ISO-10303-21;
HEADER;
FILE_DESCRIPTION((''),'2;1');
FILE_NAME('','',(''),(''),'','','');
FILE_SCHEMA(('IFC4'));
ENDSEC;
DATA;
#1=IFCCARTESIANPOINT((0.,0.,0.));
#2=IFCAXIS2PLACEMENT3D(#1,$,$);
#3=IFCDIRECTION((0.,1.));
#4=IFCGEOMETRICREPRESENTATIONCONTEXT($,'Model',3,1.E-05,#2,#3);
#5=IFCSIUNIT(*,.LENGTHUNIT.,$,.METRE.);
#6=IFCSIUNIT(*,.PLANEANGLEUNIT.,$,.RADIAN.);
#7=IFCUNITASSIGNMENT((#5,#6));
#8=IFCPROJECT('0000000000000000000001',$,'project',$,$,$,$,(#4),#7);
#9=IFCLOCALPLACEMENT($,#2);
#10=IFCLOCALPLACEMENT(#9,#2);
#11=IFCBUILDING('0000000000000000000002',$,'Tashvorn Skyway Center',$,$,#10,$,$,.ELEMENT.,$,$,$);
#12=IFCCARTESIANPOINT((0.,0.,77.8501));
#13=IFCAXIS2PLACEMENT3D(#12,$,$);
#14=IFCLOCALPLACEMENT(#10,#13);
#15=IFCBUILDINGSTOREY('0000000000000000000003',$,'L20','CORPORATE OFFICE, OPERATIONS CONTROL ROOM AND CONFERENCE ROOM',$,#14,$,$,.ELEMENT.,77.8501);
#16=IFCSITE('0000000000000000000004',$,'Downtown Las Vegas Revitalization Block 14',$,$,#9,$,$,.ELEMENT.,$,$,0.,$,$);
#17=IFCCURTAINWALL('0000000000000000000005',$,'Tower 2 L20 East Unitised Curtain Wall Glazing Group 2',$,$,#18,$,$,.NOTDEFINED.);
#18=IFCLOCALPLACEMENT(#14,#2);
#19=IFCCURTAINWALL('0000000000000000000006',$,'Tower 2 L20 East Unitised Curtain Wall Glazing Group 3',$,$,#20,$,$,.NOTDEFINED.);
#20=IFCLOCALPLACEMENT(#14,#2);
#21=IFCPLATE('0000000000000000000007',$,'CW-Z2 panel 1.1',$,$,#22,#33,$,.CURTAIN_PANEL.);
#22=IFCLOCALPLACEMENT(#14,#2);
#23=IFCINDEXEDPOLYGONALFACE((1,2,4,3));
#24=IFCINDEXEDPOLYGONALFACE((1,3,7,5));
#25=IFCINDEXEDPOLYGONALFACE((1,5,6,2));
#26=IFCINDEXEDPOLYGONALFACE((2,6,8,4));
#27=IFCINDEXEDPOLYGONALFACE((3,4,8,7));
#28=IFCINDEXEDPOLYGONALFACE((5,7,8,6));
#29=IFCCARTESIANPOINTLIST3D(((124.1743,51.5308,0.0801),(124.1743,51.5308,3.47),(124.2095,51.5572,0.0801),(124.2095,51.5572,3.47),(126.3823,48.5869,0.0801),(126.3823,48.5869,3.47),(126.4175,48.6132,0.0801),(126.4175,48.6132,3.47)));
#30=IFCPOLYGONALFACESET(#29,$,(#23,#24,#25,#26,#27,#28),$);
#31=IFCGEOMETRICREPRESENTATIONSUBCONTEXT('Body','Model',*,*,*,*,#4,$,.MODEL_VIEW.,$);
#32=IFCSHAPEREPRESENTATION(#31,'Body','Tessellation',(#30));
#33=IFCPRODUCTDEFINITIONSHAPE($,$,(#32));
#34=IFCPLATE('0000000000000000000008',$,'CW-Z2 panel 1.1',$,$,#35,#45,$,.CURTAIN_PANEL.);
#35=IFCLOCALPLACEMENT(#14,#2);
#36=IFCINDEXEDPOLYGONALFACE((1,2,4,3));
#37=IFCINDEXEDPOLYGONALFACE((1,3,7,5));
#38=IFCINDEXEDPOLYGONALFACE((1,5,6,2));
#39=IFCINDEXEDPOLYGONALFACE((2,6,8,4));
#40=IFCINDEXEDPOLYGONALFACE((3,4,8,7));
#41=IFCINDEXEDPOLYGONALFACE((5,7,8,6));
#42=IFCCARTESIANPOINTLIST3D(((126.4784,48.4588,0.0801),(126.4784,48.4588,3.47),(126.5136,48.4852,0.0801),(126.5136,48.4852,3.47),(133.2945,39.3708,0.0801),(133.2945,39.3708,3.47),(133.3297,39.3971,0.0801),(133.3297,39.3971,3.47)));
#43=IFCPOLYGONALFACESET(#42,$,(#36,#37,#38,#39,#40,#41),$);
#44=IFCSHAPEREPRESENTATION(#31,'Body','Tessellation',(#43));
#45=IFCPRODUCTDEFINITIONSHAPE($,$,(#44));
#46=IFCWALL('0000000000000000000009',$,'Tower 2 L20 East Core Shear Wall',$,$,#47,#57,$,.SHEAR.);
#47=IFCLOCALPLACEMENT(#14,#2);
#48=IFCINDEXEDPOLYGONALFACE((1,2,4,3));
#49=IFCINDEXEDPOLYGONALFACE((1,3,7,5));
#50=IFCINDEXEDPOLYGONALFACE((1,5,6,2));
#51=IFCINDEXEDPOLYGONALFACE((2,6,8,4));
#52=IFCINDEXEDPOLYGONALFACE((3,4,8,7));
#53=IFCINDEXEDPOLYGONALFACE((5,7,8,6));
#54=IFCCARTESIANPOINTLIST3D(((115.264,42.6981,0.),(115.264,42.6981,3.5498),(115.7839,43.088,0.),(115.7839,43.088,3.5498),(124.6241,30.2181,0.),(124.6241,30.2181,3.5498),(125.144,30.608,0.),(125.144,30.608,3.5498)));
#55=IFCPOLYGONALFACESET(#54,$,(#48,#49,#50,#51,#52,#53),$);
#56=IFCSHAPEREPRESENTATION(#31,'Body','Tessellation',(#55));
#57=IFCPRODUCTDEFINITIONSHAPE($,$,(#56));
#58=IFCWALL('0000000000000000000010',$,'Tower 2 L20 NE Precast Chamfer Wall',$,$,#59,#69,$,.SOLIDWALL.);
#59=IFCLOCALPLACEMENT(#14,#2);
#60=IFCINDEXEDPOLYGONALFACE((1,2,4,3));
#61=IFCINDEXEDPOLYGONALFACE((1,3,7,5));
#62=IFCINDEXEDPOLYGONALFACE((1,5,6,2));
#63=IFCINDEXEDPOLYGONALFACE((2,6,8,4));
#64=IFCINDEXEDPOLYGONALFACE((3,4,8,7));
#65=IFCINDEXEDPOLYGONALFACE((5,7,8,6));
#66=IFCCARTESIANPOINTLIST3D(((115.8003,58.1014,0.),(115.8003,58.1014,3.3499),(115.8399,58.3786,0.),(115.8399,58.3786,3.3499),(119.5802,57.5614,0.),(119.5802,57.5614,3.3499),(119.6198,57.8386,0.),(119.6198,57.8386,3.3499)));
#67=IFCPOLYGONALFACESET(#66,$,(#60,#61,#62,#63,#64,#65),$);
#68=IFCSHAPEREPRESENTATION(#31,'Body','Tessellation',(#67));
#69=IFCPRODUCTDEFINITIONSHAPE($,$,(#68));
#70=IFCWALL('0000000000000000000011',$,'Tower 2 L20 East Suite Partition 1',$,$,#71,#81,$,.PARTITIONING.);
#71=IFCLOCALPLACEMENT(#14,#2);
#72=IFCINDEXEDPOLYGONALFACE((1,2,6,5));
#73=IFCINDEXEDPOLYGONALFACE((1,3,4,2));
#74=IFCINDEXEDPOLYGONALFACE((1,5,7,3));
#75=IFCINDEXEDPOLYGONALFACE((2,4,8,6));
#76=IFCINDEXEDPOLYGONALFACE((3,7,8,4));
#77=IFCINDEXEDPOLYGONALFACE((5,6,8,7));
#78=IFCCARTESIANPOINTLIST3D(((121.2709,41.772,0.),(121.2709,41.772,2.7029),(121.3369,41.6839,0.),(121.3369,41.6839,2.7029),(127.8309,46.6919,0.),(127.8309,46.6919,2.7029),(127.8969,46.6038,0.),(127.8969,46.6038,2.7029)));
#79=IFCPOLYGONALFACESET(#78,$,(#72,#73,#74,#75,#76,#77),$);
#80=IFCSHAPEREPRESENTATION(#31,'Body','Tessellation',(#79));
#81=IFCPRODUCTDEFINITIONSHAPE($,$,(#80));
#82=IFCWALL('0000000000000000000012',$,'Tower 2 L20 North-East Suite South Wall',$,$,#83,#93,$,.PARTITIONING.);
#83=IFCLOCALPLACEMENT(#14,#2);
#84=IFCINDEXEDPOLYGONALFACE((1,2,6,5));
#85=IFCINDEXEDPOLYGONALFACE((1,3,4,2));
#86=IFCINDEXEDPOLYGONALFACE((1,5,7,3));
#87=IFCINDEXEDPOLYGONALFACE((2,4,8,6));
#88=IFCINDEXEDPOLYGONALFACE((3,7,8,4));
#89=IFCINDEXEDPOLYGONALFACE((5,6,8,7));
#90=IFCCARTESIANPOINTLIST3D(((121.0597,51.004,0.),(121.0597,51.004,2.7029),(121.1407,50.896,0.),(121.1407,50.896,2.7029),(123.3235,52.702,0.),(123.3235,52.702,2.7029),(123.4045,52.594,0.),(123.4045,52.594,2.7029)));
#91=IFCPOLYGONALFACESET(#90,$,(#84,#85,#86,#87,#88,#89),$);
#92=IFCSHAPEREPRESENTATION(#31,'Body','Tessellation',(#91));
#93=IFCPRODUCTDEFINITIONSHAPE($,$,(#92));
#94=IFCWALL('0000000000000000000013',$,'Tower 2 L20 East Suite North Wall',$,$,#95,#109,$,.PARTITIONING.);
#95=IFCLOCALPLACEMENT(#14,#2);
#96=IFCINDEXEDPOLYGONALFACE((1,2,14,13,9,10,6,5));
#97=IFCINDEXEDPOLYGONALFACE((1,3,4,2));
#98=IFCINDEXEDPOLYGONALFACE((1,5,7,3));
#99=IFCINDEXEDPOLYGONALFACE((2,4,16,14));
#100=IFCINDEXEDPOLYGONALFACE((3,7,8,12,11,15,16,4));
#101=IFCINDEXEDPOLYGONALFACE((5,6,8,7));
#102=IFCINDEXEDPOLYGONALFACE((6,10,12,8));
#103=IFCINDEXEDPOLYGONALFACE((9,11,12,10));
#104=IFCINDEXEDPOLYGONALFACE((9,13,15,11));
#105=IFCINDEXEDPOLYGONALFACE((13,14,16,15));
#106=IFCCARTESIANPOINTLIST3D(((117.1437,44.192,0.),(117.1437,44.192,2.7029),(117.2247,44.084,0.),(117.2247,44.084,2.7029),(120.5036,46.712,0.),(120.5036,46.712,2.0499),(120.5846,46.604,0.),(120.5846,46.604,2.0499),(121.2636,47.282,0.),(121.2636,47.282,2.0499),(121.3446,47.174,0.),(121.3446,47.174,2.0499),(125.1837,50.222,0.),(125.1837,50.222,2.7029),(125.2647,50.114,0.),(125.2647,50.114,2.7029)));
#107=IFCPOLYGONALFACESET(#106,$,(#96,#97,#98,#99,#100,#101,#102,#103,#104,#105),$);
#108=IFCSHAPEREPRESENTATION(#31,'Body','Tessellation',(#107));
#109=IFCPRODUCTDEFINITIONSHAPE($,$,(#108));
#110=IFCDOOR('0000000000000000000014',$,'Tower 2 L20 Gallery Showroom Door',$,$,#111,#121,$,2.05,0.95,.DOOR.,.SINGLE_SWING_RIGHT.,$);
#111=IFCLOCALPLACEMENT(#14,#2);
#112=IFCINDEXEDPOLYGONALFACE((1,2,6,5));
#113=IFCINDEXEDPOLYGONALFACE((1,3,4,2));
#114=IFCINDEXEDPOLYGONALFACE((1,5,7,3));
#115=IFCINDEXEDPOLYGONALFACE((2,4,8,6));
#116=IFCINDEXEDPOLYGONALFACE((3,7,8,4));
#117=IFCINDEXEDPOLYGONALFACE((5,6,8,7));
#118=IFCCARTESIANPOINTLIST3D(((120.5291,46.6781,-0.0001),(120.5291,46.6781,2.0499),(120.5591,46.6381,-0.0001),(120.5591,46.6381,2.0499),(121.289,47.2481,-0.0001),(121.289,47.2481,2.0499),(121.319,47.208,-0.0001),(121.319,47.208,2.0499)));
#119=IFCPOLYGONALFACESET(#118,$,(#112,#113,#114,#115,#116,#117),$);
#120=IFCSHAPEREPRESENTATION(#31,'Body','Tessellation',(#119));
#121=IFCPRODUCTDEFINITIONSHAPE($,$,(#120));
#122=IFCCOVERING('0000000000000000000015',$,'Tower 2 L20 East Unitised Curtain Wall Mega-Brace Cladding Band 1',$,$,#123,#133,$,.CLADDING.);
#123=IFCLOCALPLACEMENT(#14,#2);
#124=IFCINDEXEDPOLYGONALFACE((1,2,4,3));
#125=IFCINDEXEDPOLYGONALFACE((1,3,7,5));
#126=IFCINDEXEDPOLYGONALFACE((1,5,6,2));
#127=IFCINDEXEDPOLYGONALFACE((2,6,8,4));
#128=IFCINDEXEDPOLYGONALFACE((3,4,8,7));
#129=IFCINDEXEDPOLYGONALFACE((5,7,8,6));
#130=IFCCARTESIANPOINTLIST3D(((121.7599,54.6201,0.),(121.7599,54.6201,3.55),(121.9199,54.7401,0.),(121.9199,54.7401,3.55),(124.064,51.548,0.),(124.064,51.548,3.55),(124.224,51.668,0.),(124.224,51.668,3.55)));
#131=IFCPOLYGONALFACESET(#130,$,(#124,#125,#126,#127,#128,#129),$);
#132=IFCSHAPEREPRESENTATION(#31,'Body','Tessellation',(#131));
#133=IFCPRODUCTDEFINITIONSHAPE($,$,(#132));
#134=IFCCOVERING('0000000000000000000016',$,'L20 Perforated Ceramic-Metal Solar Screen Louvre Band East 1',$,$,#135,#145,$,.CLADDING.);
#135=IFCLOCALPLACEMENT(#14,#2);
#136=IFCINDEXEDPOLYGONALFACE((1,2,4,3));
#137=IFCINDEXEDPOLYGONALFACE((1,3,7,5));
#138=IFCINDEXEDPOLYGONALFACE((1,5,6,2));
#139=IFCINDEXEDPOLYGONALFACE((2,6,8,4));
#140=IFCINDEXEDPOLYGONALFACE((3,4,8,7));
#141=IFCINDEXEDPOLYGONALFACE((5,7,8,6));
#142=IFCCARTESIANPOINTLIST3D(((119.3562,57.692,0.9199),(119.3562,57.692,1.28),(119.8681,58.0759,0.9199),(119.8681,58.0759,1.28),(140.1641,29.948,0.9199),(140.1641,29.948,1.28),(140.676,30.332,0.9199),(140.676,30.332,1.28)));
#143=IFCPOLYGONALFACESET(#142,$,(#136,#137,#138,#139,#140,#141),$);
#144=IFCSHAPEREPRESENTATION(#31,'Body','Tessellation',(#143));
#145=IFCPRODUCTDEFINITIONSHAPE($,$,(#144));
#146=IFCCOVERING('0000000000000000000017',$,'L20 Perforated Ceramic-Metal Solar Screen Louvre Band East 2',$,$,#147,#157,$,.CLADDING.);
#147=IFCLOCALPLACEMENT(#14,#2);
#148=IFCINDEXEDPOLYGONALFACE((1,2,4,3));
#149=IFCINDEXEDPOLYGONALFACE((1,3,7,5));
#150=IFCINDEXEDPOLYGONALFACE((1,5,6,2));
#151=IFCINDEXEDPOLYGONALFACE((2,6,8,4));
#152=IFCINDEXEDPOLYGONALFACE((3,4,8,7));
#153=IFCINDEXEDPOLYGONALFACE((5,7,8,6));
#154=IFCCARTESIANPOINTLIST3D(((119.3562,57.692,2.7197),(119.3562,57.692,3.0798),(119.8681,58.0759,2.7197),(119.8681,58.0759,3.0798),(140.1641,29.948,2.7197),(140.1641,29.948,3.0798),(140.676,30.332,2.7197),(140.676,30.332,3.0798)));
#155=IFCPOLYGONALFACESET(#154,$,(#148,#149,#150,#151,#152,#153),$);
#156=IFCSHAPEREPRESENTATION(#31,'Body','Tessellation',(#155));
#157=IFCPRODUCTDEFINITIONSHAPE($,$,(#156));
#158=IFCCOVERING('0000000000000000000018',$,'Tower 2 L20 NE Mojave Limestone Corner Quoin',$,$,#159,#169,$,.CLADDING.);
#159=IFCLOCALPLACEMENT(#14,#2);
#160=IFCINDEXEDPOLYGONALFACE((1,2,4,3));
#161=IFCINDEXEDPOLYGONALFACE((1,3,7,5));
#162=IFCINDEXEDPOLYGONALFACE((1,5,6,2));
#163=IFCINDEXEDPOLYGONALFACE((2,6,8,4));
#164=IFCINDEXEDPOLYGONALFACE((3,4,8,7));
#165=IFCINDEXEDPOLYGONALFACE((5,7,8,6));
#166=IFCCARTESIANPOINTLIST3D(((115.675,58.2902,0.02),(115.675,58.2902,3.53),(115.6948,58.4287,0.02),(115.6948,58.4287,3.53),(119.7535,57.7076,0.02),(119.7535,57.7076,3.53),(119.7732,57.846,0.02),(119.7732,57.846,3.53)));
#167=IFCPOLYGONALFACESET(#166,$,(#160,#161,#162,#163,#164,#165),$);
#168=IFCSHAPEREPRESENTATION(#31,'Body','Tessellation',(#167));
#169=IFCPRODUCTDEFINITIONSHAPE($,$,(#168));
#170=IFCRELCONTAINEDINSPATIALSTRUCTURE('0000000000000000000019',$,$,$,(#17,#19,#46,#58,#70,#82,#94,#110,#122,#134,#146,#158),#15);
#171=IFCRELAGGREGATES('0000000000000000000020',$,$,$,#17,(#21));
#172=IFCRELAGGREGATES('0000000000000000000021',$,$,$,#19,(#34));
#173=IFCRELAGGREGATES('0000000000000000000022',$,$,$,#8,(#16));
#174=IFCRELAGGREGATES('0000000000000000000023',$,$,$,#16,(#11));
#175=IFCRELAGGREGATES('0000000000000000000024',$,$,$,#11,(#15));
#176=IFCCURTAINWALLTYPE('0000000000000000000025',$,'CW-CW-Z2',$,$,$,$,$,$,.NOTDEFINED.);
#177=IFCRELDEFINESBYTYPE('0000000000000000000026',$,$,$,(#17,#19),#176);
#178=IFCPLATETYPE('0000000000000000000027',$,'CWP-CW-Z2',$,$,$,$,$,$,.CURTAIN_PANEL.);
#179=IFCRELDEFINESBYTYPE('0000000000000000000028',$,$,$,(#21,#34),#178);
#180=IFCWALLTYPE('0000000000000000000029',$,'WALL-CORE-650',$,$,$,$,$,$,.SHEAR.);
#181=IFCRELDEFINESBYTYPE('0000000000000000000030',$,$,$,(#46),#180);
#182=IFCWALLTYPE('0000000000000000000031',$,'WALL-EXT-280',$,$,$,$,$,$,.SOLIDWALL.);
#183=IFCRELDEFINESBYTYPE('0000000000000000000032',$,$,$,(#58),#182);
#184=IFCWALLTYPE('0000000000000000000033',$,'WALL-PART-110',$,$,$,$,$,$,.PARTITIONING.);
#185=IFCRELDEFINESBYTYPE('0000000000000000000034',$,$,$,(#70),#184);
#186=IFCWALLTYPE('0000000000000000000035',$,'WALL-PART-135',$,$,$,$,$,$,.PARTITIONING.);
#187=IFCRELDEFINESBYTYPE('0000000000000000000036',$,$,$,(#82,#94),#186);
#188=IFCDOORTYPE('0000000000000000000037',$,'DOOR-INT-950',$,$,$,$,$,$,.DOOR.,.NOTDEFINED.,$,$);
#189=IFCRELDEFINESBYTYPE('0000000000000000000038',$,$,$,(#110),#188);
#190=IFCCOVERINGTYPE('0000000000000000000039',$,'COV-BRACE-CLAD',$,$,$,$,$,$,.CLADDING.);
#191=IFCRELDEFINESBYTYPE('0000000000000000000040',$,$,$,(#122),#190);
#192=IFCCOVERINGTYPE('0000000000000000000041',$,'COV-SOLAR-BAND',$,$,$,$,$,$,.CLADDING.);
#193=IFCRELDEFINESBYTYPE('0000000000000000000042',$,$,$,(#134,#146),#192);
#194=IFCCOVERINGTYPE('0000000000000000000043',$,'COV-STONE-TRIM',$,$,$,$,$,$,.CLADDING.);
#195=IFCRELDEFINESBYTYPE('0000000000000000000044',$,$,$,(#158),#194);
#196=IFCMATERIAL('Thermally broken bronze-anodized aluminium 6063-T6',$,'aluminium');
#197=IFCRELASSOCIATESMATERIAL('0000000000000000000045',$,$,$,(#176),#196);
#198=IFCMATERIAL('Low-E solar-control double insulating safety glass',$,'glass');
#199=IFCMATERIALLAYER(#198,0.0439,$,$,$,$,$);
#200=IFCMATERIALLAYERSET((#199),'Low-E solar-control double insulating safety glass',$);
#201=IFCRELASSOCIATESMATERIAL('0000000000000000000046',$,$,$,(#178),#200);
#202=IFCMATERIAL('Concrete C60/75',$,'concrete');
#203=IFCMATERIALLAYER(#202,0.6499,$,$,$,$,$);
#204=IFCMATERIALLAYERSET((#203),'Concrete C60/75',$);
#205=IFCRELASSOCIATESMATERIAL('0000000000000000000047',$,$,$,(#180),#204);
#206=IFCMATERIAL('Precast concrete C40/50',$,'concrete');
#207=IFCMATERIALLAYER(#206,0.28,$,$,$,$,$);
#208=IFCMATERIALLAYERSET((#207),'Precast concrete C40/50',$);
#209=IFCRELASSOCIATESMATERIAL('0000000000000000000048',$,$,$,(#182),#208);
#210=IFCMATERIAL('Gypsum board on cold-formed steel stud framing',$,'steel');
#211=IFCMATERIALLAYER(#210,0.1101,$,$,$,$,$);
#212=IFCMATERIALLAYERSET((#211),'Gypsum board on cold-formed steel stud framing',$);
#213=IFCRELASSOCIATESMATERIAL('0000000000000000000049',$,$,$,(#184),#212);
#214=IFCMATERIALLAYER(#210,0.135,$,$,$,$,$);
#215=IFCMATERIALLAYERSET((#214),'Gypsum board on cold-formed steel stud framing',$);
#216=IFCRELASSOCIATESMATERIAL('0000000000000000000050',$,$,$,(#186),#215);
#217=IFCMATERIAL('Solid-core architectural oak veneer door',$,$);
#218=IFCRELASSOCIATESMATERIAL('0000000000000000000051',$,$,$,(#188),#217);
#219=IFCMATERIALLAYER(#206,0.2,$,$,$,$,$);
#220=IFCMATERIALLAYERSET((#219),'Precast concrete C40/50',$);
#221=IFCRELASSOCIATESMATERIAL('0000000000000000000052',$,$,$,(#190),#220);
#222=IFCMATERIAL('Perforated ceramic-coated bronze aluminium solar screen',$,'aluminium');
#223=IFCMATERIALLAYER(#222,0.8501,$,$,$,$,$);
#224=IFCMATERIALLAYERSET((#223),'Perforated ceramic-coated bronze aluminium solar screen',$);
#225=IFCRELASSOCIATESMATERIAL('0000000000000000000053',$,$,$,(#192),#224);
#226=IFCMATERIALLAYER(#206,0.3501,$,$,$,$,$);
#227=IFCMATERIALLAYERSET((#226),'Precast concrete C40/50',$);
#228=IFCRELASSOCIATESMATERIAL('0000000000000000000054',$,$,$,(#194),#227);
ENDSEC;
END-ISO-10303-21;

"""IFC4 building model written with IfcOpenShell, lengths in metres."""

from ifc_helpers import new_model, si_unit, direction, frame, frame_2d, origin, origin_2d, place, context, subcontext, project, spatial, rectangle, extrude, material, layer, layer_set, type_object, element, fill, aggregate, save


model = new_model("IFC4")

# Units and contexts
model_context = context("Model", 3, precision=1e-05, world=origin(), true_north=direction((0.0, 1.0)))
body_context = subcontext(model_context, "Body", "Model", "MODEL_VIEW")
ifc_project = project(units=[si_unit("LENGTHUNIT", "METRE"), si_unit("PLANEANGLEUNIT", "RADIAN")], contexts=[model_context])

# Site, building, storey
site_placement = place(None, origin())
site = spatial("IfcSite", under=ifc_project, at=site_placement, Name="Downtown Las Vegas Revitalization Block 14", CompositionType="ELEMENT", RefElevation=0.0)
building_placement = place(site_placement, origin())
building = spatial("IfcBuilding", under=site, at=building_placement, Name="Tashvorn Skyway Center", CompositionType="ELEMENT")
storey_placement = place(building_placement, frame((0.0, 0.0, 77.8501)))
storey = spatial("IfcBuildingStorey", under=building, at=storey_placement, Name="L20", Description="CORPORATE OFFICE, OPERATIONS CONTROL ROOM AND CONFERENCE ROOM", CompositionType="ELEMENT", Elevation=77.8501)

# Shared definitions
ifc_material_1 = material(Name="Thermally broken bronze-anodized aluminium 6063-T6", Category="aluminium")
curtain_wall_type = type_object("IfcCurtainWallType", Name="CW-CW-Z2", PredefinedType="NOTDEFINED", material=ifc_material_1)

# Curtain wall
curtain_wall_1_placement = place(storey_placement, origin())
curtain_wall_1 = element("IfcCurtainWall", 1, at=curtain_wall_1_placement, inside=storey, type_object=curtain_wall_type, Name="Tower 2 L20 East Unitised Curtain Wall Glazing Group 2", PredefinedType="NOTDEFINED")

# Curtain wall
curtain_wall_2_placement = place(storey_placement, origin())
curtain_wall_2 = element("IfcCurtainWall", 2, at=curtain_wall_2_placement, inside=storey, type_object=curtain_wall_type, Name="Tower 2 L20 East Unitised Curtain Wall Glazing Group 3", PredefinedType="NOTDEFINED")

# Plates
ifc_material_2 = material(Name="Low-E solar-control double insulating safety glass", Category="glass")
ifc_layer_1 = layer(ifc_material_2, 0.0439)
ifc_layer_set_1 = layer_set([ifc_layer_1], Name="Low-E solar-control double insulating safety glass")
plate_type = type_object("IfcPlateType", Name="CWP-CW-Z2", PredefinedType="CURTAIN_PANEL", material=ifc_layer_set_1)
plate_1_placement = place(storey_placement, frame((125.2959, 50.072, 0.0801), z_axis=(0.0, 0.0, 1.0), x_axis=(0.6, -0.8, 0.0)))
plate_1 = element("IfcPlate", 3, at=plate_1_placement, type_object=plate_type, Name="CW-Z2 panel 1.1", PredefinedType="CURTAIN_PANEL", context=body_context, shape_type="SweptSolid", body=[
    extrude(rectangle(XDim=3.6799, YDim=0.0439, at=origin_2d()), origin(), (0.0, 0.0, 1.0), 3.3899),
])
aggregate(curtain_wall_1, [plate_1])
plate_2_placement = place(storey_placement, frame((129.9041, 43.928, 0.0801), z_axis=(0.0, 0.0, 1.0), x_axis=(0.6, -0.8, 0.0)))
plate_2 = element("IfcPlate", 4, at=plate_2_placement, type_object=plate_type, Name="CW-Z2 panel 1.1", PredefinedType="CURTAIN_PANEL", context=body_context, shape_type="SweptSolid", body=[
    extrude(rectangle(XDim=11.3601, YDim=0.0439, at=origin_2d()), origin(), (0.0, 0.0, 1.0), 3.3899),
])
aggregate(curtain_wall_2, [plate_2])

# Walls
ifc_material_3 = material(Name="Concrete C60/75", Category="concrete")
ifc_layer_2 = layer(ifc_material_3, 0.6499)
ifc_layer_set_2 = layer_set([ifc_layer_2], Name="Concrete C60/75")
wall_type_1 = type_object("IfcWallType", Name="WALL-CORE-650", PredefinedType="SHEAR", material=ifc_layer_set_2)
wall_1_placement = place(storey_placement, frame((115.5239, 42.8931, 0.0), z_axis=(0.0, 0.0, 1.0), x_axis=(0.600005, -0.799996, 0.0)))
element("IfcWall", 5, at=wall_1_placement, inside=storey, type_object=wall_type_1, Name="Tower 2 L20 East Core Shear Wall", PredefinedType="SHEAR", context=body_context, shape_type="SweptSolid", body=[
    extrude(rectangle(XDim=15.6001, YDim=0.6499, at=frame_2d((7.8, 0.0))), origin(), (0.0, 0.0, 1.0), 3.5498),
])
ifc_material_4 = material(Name="Precast concrete C40/50", Category="concrete")
ifc_layer_3 = layer(ifc_material_4, 0.28)
ifc_layer_set_3 = layer_set([ifc_layer_3], Name="Precast concrete C40/50")
wall_type_2 = type_object("IfcWallType", Name="WALL-EXT-280", PredefinedType="SOLIDWALL", material=ifc_layer_set_3)
wall_2_placement = place(storey_placement, frame((115.8201, 58.24, 0.0), z_axis=(0.0, 0.0, 1.0), x_axis=(0.989948, -0.14143, 0.0)))
element("IfcWall", 6, at=wall_2_placement, inside=storey, type_object=wall_type_2, Name="Tower 2 L20 NE Precast Chamfer Wall", PredefinedType="SOLIDWALL", context=body_context, shape_type="SweptSolid", body=[
    extrude(rectangle(XDim=3.8184, YDim=0.28, at=frame_2d((1.9092, 0.0))), origin(), (0.0, 0.0, 1.0), 3.3499),
])
ifc_material_5 = material(Name="Gypsum board on cold-formed steel stud framing", Category="steel")
ifc_layer_4 = layer(ifc_material_5, 0.1101)
ifc_layer_set_4 = layer_set([ifc_layer_4], Name="Gypsum board on cold-formed steel stud framing")
wall_type_3 = type_object("IfcWallType", Name="WALL-PART-110", PredefinedType="PARTITIONING", material=ifc_layer_set_4)
wall_3_placement = place(storey_placement, frame((127.864, 46.6479, 0.0), z_axis=(0.0, 0.0, 1.0), x_axis=(-0.800007, -0.59999, 0.0)))
element("IfcWall", 7, at=wall_3_placement, inside=storey, type_object=wall_type_3, Name="Tower 2 L20 East Suite Partition 1", PredefinedType="PARTITIONING", context=body_context, shape_type="SweptSolid", body=[
    extrude(rectangle(XDim=8.2, YDim=0.1101, at=frame_2d((4.1001, 0.0))), origin(), (0.0, 0.0, 1.0), 2.7029),
])
ifc_layer_5 = layer(ifc_material_5, 0.135)
ifc_layer_set_5 = layer_set([ifc_layer_5], Name="Gypsum board on cold-formed steel stud framing")
wall_type_4 = type_object("IfcWallType", Name="WALL-PART-135", PredefinedType="PARTITIONING", material=ifc_layer_set_5)
wall_4_placement = place(storey_placement, frame((121.1001, 50.95, 0.0), z_axis=(0.0, 0.0, 1.0), x_axis=(0.79999, 0.600014, 0.0)))
element("IfcWall", 8, at=wall_4_placement, inside=storey, type_object=wall_type_4, Name="Tower 2 L20 North-East Suite South Wall", PredefinedType="PARTITIONING", context=body_context, shape_type="SweptSolid", body=[
    extrude(rectangle(XDim=2.8298, YDim=0.135, at=frame_2d((1.415, 0.0))), origin(), (0.0, 0.0, 1.0), 2.7029),
])

# Wall, opening, door
wall_5_placement = place(storey_placement, frame((125.2241, 50.168, 0.0), z_axis=(0.0, 0.0, 1.0), x_axis=(-0.8, -0.6, 0.0)))
wall_5 = element("IfcWall", 9, at=wall_5_placement, inside=storey, type_object=wall_type_4, Name="Tower 2 L20 East Suite North Wall", PredefinedType="PARTITIONING", context=body_context, shape_type="SweptSolid", body=[
    extrude(rectangle(XDim=10.05, YDim=0.135, at=frame_2d((5.0249, 0.0))), origin(), (0.0, 0.0, 1.0), 2.7029),
])
opening_placement = place(wall_5_placement, frame((4.8999, 0.0, 0.0)))
opening = element("IfcOpeningElement", 10, at=opening_placement, cuts=wall_5, PredefinedType="OPENING", context=body_context, shape_type="SweptSolid", body=[
    extrude(rectangle(XDim=0.95, YDim=2.05, at=frame_2d((0.4751, 1.0249))), frame((0.0, 0.0774, 0.0), z_axis=(0.0, -1.0, 0.0), x_axis=(1.0, 0.0, 0.0)), (0.0, 0.0, 1.0), 0.155),
])
ifc_material_6 = material(Name="Solid-core architectural oak veneer door")
door_type = type_object("IfcDoorType", Name="DOOR-INT-950", OperationType="NOTDEFINED", PredefinedType="DOOR", material=ifc_material_6)
door_placement = place(opening_placement, origin())
door = element("IfcDoor", 11, at=door_placement, inside=storey, type_object=door_type, Name="Tower 2 L20 Gallery Showroom Door", OperationType="SINGLE_SWING_RIGHT", OverallHeight=2.05, OverallWidth=0.95, PredefinedType="DOOR", context=body_context, shape_type="SweptSolid", body=[
    extrude(rectangle(XDim=0.95, YDim=2.05, at=frame_2d((0.4751, 1.0249))), frame((0.0, 0.0249, 0.0), z_axis=(0.0, -1.0, 0.0), x_axis=(1.0, 0.0, 0.0)), (0.0, 0.0, 1.0), 0.05),
])
fill(opening, door)

# Coverings
ifc_layer_6 = layer(ifc_material_4, 0.2)
ifc_layer_set_6 = layer_set([ifc_layer_6], Name="Precast concrete C40/50")
covering_type_1 = type_object("IfcCoveringType", Name="COV-BRACE-CLAD", PredefinedType="CLADDING", material=ifc_layer_set_6)
covering_1_placement = place(storey_placement, frame((122.9919, 53.144, 0.0), z_axis=(0.0, 0.0, 1.0), x_axis=(0.6, -0.8, 0.0)))
element("IfcCovering", 12, at=covering_1_placement, inside=storey, type_object=covering_type_1, Name="Tower 2 L20 East Unitised Curtain Wall Mega-Brace Cladding Band 1", PredefinedType="CLADDING", context=body_context, shape_type="SweptSolid", body=[
    extrude(rectangle(XDim=3.8401, YDim=0.2, at=origin_2d()), origin(), (0.0, 0.0, 1.0), 3.55),
])
ifc_material_7 = material(Name="Perforated ceramic-coated bronze aluminium solar screen", Category="aluminium")
ifc_layer_7 = layer(ifc_material_7, 0.8501)
ifc_layer_set_7 = layer_set([ifc_layer_7], Name="Perforated ceramic-coated bronze aluminium solar screen")
covering_type_2 = type_object("IfcCoveringType", Name="COV-SOLAR-BAND", PredefinedType="CLADDING", material=ifc_layer_set_7)
for number, where, z_axis, x_axis, name in (
    (13, (130.0161, 44.012, 0.9199), (0.0, 0.0, 1.0), (0.6, -0.8, 0.0), "L20 Perforated Ceramic-Metal Solar Screen Louvre Band East 1"),
    (14, (130.0161, 44.012, 2.7197), (0.0, 0.0, 1.0), (0.6, -0.8, 0.0), "L20 Perforated Ceramic-Metal Solar Screen Louvre Band East 2"),
):
    element("IfcCovering", number, at=place(storey_placement, frame(where, z_axis=z_axis, x_axis=x_axis)), inside=storey, type_object=covering_type_2, Name=name, PredefinedType="CLADDING", context=body_context, shape_type="SweptSolid", body=[
        extrude(rectangle(XDim=34.6799, YDim=0.6399, at=origin_2d()), origin(), (0.0, 0.0, 1.0), 0.3601),
    ])
ifc_layer_8 = layer(ifc_material_4, 0.3501)
ifc_layer_set_8 = layer_set([ifc_layer_8], Name="Precast concrete C40/50")
covering_type_3 = type_object("IfcCoveringType", Name="COV-STONE-TRIM", PredefinedType="CLADDING", material=ifc_layer_set_8)
covering_2_placement = place(storey_placement, frame((117.7241, 58.0681, 0.02), z_axis=(0.0, 0.0, 1.0), x_axis=(0.989949, -0.141421, 0.0)))
element("IfcCovering", 15, at=covering_2_placement, inside=storey, type_object=covering_type_3, Name="Tower 2 L20 NE Mojave Limestone Corner Quoin", PredefinedType="CLADDING", context=body_context, shape_type="SweptSolid", body=[
    extrude(rectangle(XDim=4.1199, YDim=0.1399, at=origin_2d()), origin(), (0.0, 0.0, 1.0), 3.51),
])

save(model, "model.ifc")
